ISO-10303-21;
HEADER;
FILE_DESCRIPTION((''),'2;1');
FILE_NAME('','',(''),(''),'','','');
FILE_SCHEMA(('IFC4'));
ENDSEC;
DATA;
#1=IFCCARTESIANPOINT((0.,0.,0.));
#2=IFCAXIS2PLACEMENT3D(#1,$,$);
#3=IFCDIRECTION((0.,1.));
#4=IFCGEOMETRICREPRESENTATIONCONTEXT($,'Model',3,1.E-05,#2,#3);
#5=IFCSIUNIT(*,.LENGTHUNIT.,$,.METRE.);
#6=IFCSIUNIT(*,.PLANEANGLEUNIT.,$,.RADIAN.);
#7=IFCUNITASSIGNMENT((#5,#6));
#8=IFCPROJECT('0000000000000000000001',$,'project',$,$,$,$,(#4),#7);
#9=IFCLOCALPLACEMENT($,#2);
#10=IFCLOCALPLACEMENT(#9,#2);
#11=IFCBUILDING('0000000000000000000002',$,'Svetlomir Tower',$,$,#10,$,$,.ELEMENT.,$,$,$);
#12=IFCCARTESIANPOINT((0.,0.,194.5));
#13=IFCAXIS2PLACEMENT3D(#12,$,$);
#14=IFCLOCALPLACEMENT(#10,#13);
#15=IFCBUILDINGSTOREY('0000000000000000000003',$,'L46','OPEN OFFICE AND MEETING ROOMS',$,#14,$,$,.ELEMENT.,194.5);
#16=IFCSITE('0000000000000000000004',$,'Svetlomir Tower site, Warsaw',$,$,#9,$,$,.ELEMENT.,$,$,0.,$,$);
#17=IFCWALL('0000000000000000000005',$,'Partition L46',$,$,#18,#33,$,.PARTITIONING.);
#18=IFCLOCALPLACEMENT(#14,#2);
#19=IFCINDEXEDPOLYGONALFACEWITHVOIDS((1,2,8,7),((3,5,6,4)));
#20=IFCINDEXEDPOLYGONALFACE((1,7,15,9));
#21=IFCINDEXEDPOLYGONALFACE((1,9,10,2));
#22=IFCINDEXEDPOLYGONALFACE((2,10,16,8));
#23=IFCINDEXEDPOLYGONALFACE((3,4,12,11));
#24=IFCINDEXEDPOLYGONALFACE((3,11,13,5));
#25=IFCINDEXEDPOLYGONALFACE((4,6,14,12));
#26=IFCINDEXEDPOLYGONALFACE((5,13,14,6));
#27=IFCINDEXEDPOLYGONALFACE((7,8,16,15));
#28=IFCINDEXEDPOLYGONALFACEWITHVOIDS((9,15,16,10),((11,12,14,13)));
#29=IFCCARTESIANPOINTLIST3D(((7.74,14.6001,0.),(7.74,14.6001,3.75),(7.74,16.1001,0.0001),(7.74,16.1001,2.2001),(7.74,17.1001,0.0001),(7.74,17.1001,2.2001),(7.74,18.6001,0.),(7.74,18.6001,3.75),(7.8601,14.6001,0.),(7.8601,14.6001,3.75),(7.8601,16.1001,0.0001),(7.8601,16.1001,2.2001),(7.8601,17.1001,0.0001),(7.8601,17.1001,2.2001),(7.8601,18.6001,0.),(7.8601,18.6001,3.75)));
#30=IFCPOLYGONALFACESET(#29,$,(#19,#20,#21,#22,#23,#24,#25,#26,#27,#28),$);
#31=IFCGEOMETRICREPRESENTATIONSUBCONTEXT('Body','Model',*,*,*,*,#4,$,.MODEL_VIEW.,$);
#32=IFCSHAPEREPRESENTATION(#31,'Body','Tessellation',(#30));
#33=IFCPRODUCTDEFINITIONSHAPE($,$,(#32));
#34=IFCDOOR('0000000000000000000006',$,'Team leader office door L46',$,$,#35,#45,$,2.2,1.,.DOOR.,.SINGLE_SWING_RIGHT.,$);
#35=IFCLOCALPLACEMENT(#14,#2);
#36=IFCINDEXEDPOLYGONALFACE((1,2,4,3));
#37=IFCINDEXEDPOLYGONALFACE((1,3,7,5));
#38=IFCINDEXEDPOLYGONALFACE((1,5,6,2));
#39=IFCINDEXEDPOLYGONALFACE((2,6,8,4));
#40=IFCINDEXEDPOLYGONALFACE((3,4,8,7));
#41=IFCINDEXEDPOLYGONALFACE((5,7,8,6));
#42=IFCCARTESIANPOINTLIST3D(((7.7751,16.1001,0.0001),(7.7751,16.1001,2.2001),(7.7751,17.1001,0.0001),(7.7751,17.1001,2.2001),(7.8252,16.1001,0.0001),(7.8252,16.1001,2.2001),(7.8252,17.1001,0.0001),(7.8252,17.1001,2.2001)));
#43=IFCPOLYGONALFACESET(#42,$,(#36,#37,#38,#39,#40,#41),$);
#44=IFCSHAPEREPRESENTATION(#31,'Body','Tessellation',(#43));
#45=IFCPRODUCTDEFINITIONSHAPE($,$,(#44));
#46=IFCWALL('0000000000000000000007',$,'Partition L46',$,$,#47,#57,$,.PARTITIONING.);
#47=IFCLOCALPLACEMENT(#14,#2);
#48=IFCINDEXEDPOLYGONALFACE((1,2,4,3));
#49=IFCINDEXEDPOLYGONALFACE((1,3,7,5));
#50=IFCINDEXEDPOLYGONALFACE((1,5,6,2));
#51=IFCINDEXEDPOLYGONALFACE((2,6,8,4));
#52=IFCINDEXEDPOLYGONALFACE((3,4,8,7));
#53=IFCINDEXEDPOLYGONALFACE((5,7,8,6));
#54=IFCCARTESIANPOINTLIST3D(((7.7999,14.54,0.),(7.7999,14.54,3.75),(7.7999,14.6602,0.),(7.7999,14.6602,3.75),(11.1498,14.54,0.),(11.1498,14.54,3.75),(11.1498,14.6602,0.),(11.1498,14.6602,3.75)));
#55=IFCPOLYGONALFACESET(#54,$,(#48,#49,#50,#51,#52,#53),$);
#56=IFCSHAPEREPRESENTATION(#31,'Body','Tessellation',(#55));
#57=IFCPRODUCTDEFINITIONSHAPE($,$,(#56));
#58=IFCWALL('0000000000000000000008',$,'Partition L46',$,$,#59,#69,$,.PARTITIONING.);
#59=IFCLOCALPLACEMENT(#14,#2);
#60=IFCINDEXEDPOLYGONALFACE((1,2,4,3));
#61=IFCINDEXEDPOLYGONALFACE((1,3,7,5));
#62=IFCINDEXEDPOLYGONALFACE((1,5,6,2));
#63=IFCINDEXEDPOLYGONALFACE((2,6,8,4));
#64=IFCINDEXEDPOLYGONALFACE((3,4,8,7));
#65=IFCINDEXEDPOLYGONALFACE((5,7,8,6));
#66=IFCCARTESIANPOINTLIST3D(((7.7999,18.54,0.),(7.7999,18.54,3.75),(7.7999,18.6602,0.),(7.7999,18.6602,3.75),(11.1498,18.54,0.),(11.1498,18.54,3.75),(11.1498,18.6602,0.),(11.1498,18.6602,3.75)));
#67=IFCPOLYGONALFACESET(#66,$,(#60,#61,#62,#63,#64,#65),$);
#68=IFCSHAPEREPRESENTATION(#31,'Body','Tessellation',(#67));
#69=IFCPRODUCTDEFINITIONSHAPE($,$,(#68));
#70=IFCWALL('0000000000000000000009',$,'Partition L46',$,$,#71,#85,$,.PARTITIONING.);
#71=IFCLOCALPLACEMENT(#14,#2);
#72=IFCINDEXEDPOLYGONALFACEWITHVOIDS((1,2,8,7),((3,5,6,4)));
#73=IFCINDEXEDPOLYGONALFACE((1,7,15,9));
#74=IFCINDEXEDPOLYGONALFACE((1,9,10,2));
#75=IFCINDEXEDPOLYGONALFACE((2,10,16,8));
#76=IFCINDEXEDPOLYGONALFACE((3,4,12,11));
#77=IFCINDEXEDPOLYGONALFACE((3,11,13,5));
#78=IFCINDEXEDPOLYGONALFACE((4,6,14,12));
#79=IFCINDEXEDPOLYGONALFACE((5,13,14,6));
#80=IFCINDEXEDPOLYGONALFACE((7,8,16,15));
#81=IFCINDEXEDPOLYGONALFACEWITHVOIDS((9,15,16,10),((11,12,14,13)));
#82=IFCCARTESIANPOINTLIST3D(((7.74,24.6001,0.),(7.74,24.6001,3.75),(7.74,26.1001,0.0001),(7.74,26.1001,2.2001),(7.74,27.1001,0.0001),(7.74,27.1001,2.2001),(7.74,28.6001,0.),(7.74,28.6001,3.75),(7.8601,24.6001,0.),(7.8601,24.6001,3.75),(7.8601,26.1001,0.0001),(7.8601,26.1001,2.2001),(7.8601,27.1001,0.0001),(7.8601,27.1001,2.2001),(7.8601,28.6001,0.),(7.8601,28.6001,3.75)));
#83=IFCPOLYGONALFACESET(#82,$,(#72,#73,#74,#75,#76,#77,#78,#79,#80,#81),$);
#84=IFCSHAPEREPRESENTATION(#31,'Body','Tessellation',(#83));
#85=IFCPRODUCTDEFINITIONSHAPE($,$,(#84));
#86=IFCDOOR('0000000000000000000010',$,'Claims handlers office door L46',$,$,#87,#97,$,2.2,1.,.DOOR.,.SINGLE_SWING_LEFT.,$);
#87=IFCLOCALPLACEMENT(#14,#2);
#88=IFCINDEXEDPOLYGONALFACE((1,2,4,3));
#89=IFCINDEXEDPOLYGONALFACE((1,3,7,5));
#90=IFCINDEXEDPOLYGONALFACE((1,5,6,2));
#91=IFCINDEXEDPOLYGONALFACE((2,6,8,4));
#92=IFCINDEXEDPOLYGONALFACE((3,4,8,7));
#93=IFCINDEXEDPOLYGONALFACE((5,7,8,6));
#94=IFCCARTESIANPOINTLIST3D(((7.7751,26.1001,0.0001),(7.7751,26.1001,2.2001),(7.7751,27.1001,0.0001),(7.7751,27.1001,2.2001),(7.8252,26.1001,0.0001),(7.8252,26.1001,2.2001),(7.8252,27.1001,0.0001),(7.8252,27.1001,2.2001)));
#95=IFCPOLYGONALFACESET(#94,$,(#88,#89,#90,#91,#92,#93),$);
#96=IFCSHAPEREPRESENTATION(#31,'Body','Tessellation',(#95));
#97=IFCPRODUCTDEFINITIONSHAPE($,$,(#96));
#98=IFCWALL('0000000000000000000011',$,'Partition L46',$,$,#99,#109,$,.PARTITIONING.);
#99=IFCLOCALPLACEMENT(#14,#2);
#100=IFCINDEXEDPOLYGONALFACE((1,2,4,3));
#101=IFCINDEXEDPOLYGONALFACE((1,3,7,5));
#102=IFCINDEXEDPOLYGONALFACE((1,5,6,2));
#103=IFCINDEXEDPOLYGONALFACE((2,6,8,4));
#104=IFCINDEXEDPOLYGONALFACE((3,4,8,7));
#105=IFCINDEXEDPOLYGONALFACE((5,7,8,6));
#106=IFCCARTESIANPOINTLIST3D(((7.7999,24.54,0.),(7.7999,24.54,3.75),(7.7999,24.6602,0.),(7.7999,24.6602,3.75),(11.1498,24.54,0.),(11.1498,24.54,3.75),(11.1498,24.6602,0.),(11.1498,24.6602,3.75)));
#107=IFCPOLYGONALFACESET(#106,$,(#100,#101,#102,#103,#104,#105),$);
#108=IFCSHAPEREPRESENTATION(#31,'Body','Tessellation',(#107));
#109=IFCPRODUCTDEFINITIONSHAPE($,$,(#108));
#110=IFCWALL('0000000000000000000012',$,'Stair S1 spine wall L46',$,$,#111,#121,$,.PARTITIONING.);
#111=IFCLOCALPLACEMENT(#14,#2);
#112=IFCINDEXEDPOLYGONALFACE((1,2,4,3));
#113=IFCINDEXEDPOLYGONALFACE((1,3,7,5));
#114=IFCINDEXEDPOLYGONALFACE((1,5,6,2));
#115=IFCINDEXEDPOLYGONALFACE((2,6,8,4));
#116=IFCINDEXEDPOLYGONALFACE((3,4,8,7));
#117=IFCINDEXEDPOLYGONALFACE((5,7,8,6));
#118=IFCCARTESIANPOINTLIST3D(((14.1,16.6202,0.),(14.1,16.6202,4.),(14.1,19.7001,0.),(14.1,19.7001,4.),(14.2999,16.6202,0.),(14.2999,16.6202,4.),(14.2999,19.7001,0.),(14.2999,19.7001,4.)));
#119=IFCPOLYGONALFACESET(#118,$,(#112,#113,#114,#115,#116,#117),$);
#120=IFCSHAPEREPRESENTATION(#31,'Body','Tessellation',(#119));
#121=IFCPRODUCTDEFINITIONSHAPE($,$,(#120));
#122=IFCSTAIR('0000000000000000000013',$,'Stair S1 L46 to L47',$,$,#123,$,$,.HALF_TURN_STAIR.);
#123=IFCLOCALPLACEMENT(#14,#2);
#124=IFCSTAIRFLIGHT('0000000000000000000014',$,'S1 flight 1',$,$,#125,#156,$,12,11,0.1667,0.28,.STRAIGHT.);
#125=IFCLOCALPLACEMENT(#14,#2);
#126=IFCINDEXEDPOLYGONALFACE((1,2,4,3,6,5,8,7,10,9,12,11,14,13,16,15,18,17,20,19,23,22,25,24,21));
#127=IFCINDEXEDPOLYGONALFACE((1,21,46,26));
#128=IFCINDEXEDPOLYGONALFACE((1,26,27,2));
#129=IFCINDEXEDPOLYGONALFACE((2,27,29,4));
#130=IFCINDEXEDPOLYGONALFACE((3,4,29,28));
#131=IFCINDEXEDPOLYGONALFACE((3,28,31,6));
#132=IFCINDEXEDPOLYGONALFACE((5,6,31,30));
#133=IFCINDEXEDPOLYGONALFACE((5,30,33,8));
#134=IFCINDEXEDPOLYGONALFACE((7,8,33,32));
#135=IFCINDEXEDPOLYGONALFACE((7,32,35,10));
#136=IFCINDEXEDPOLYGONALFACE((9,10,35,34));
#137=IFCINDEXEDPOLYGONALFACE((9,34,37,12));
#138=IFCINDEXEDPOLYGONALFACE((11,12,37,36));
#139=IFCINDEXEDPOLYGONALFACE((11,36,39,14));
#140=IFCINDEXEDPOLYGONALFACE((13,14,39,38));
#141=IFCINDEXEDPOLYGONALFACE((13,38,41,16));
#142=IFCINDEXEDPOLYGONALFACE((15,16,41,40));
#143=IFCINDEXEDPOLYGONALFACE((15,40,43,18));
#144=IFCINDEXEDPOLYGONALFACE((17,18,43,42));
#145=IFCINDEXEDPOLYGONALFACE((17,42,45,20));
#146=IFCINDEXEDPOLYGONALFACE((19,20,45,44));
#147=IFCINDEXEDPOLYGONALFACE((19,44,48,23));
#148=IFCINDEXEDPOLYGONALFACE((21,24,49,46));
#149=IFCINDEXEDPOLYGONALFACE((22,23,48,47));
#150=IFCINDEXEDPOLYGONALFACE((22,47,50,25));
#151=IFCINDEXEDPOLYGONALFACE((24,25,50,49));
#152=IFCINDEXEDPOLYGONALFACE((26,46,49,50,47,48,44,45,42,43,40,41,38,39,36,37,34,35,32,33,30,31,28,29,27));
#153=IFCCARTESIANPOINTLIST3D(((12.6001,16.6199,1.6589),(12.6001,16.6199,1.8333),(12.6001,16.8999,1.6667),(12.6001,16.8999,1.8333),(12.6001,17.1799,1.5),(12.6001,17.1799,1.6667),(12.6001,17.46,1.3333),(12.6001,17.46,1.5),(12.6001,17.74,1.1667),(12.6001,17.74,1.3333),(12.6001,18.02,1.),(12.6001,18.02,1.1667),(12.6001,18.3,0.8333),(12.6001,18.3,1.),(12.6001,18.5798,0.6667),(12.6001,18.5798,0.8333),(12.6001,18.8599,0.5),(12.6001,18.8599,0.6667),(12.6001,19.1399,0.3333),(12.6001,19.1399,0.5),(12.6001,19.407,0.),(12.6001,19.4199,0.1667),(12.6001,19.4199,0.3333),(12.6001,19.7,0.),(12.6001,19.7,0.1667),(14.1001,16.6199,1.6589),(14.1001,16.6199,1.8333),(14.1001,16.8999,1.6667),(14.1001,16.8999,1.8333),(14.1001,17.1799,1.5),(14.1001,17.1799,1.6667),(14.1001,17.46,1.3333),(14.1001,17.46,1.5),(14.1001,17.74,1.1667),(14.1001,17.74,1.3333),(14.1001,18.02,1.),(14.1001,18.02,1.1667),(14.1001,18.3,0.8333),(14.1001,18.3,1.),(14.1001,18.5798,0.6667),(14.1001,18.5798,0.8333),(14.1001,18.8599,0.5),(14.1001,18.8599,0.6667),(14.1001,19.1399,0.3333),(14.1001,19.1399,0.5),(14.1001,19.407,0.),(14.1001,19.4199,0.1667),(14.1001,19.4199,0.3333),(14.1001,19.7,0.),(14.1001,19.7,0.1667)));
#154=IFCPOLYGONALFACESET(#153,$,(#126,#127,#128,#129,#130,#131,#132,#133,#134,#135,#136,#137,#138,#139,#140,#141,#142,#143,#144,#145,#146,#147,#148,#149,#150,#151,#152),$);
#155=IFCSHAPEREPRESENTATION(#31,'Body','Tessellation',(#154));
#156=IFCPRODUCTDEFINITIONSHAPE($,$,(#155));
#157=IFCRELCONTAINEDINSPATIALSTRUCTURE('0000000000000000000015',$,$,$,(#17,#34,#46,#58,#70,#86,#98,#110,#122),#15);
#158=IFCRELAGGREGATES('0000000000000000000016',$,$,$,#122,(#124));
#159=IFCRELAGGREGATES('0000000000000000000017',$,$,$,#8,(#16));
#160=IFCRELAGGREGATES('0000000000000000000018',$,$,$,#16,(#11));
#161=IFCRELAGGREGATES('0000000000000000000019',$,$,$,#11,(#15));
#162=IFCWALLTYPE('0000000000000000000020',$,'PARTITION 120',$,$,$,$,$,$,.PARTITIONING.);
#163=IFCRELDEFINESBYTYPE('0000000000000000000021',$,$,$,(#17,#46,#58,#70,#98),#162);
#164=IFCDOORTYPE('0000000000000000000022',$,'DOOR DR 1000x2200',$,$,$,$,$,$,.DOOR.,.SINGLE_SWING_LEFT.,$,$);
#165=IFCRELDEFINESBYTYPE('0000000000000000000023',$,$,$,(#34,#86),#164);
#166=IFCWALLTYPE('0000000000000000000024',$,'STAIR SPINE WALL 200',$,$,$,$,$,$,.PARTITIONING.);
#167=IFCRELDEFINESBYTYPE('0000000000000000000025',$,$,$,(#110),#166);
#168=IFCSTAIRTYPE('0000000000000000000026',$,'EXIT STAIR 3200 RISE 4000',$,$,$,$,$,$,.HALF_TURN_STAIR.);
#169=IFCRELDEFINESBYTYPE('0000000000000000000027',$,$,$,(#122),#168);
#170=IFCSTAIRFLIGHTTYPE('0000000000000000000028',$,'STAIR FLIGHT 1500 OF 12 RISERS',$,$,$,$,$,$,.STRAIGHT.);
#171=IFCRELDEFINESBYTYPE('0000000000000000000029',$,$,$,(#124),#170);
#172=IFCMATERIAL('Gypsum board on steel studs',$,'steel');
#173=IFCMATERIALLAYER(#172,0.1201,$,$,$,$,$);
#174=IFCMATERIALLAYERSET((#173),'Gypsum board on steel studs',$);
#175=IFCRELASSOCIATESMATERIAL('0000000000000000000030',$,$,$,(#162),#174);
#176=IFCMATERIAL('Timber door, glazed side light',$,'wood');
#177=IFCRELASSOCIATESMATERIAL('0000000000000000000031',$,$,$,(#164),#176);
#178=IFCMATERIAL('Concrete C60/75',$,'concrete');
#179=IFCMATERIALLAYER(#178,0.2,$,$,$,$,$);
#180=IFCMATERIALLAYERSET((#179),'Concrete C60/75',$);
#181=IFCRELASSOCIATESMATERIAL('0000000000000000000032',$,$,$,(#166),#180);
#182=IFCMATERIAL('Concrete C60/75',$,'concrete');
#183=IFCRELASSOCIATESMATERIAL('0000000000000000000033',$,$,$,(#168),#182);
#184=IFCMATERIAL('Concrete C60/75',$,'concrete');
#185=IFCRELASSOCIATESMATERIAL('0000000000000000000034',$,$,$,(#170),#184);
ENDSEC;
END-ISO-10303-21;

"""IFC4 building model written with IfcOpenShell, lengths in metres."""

from ifc_helpers import new_model, si_unit, direction, frame, frame_2d, origin, place, context, subcontext, project, spatial, polyline, rectangle, outline, extrude, material, layer, layer_set, type_object, element, fill, aggregate, save


model = new_model("IFC4")

# Units and contexts
model_context = context("Model", 3, precision=1e-05, world=origin(), true_north=direction((0.0, 1.0)))
body_context = subcontext(model_context, "Body", "Model", "MODEL_VIEW")
ifc_project = project(units=[si_unit("LENGTHUNIT", "METRE"), si_unit("PLANEANGLEUNIT", "RADIAN")], contexts=[model_context])

# Site, building, storey
site_placement = place(None, origin())
site = spatial("IfcSite", under=ifc_project, at=site_placement, Name="Svetlomir Tower site, Warsaw", CompositionType="ELEMENT", RefElevation=0.0)
building_placement = place(site_placement, origin())
building = spatial("IfcBuilding", under=site, at=building_placement, Name="Svetlomir Tower", CompositionType="ELEMENT")
storey_placement = place(building_placement, frame((0.0, 0.0, 194.5)))
storey = spatial("IfcBuildingStorey", under=building, at=storey_placement, Name="L46", Description="OPEN OFFICE AND MEETING ROOMS", CompositionType="ELEMENT", Elevation=194.5)

# Wall, opening, door
ifc_material_1 = material(Name="Gypsum board on steel studs", Category="steel")
ifc_layer_1 = layer(ifc_material_1, 0.1201)
ifc_layer_set_1 = layer_set([ifc_layer_1], Name="Gypsum board on steel studs")
wall_type_1 = type_object("IfcWallType", Name="PARTITION 120", PredefinedType="PARTITIONING", material=ifc_layer_set_1)
wall_1_placement = place(storey_placement, frame((7.8, 14.6001, 0.0), z_axis=(0.0, 0.0, 1.0), x_axis=(0.0, 1.0, 0.0)))
wall_1 = element("IfcWall", 1, at=wall_1_placement, inside=storey, type_object=wall_type_1, Name="Partition L46", PredefinedType="PARTITIONING", context=body_context, shape_type="SweptSolid", body=[
    extrude(rectangle(XDim=4.0, YDim=0.1201, at=frame_2d((2.0, 0.0))), origin(), (0.0, 0.0, 1.0), 3.75),
])
opening_1_placement = place(wall_1_placement, frame((1.5, 0.0, 0.0)))
opening_1 = element("IfcOpeningElement", 2, at=opening_1_placement, cuts=wall_1, PredefinedType="OPENING", context=body_context, shape_type="SweptSolid", body=[
    extrude(rectangle(XDim=1.0, YDim=2.2, at=frame_2d((0.5, 1.1001))), frame((0.0, 0.0701, 0.0), z_axis=(0.0, -1.0, 0.0), x_axis=(1.0, 0.0, 0.0)), (0.0, 0.0, 1.0), 0.1401),
])
ifc_material_2 = material(Name="Timber door, glazed side light", Category="wood")
door_type_1 = type_object("IfcDoorType", Name="DOOR DR 1000x2200", OperationType="SINGLE_SWING_LEFT", PredefinedType="DOOR", material=ifc_material_2)
door_1_placement = place(opening_1_placement, origin())
door_1 = element("IfcDoor", 3, at=door_1_placement, inside=storey, type_object=door_type_1, Name="Team leader office door L46", OperationType="SINGLE_SWING_RIGHT", OverallHeight=2.2, OverallWidth=1.0, PredefinedType="DOOR", context=body_context, shape_type="SweptSolid", body=[
    extrude(rectangle(XDim=1.0, YDim=2.2, at=frame_2d((0.5, 1.1001))), frame((0.0, 0.0249, 0.0), z_axis=(0.0, -1.0, 0.0), x_axis=(1.0, 0.0, 0.0)), (0.0, 0.0, 1.0), 0.05),
])
fill(opening_1, door_1)

# Walls
for number, where, z_axis, x_axis, name in (
    (4, (7.8, 14.6001, 0.0), (0.0, 0.0, 1.0), (1.0, 0.0, 0.0), "Partition L46"),
    (5, (7.8, 18.6001, 0.0), (0.0, 0.0, 1.0), (1.0, 0.0, 0.0), "Partition L46"),
):
    element("IfcWall", number, at=place(storey_placement, frame(where, z_axis=z_axis, x_axis=x_axis)), inside=storey, type_object=wall_type_1, Name=name, PredefinedType="PARTITIONING", context=body_context, shape_type="SweptSolid", body=[
        extrude(rectangle(XDim=3.3499, YDim=0.1201, at=frame_2d((1.6748, 0.0))), origin(), (0.0, 0.0, 1.0), 3.75),
    ])

# Wall, opening, door
wall_2_placement = place(storey_placement, frame((7.8, 24.6001, 0.0), z_axis=(0.0, 0.0, 1.0), x_axis=(0.0, 1.0, 0.0)))
wall_2 = element("IfcWall", 6, at=wall_2_placement, inside=storey, type_object=wall_type_1, Name="Partition L46", PredefinedType="PARTITIONING", context=body_context, shape_type="SweptSolid", body=[
    extrude(rectangle(XDim=4.0, YDim=0.1201, at=frame_2d((2.0, 0.0))), origin(), (0.0, 0.0, 1.0), 3.75),
])
opening_2_placement = place(wall_2_placement, frame((1.5, 0.0, 0.0)))
opening_2 = element("IfcOpeningElement", 7, at=opening_2_placement, cuts=wall_2, PredefinedType="OPENING", context=body_context, shape_type="SweptSolid", body=[
    extrude(rectangle(XDim=1.0, YDim=2.2, at=frame_2d((0.5, 1.1001))), frame((0.0, 0.0701, 0.0), z_axis=(0.0, -1.0, 0.0), x_axis=(1.0, 0.0, 0.0)), (0.0, 0.0, 1.0), 0.1401),
])
door_2_placement = place(opening_2_placement, origin())
door_2 = element("IfcDoor", 8, at=door_2_placement, inside=storey, type_object=door_type_1, Name="Claims handlers office door L46", OperationType="SINGLE_SWING_LEFT", OverallHeight=2.2, OverallWidth=1.0, PredefinedType="DOOR", context=body_context, shape_type="SweptSolid", body=[
    extrude(rectangle(XDim=1.0, YDim=2.2, at=frame_2d((0.5, 1.1001))), frame((0.0, 0.0249, 0.0), z_axis=(0.0, -1.0, 0.0), x_axis=(1.0, 0.0, 0.0)), (0.0, 0.0, 1.0), 0.05),
])
fill(opening_2, door_2)

# Walls
wall_3_placement = place(storey_placement, frame((7.8, 24.6001, 0.0), z_axis=(0.0, 0.0, 1.0), x_axis=(1.0, 0.0, 0.0)))
element("IfcWall", 9, at=wall_3_placement, inside=storey, type_object=wall_type_1, Name="Partition L46", PredefinedType="PARTITIONING", context=body_context, shape_type="SweptSolid", body=[
    extrude(rectangle(XDim=3.3499, YDim=0.1201, at=frame_2d((1.6748, 0.0))), origin(), (0.0, 0.0, 1.0), 3.75),
])
ifc_material_3 = material(Name="Concrete C60/75", Category="concrete")
ifc_layer_2 = layer(ifc_material_3, 0.2)
ifc_layer_set_2 = layer_set([ifc_layer_2], Name="Concrete C60/75")
wall_type_2 = type_object("IfcWallType", Name="STAIR SPINE WALL 200", PredefinedType="PARTITIONING", material=ifc_layer_set_2)
wall_4_placement = place(storey_placement, frame((14.2, 16.6201, 0.0), z_axis=(0.0, 0.0, 1.0), x_axis=(0.0, 1.0, 0.0)))
element("IfcWall", 10, at=wall_4_placement, inside=storey, type_object=wall_type_2, Name="Stair S1 spine wall L46", PredefinedType="PARTITIONING", context=body_context, shape_type="SweptSolid", body=[
    extrude(rectangle(XDim=3.0798, YDim=0.2, at=frame_2d((1.54, 0.0))), origin(), (0.0, 0.0, 1.0), 4.0),
])

# Stair, stair flight
ifc_material_4 = material(Name="Concrete C60/75", Category="concrete")
stair_type = type_object("IfcStairType", Name="EXIT STAIR 3200 RISE 4000", PredefinedType="HALF_TURN_STAIR", material=ifc_material_4)
stair_placement = place(storey_placement, origin())
stair = element("IfcStair", 11, at=stair_placement, inside=storey, type_object=stair_type, Name="Stair S1 L46 to L47", PredefinedType="HALF_TURN_STAIR")
ifc_material_5 = material(Name="Concrete C60/75", Category="concrete")
stair_flight_type = type_object("IfcStairFlightType", Name="STAIR FLIGHT 1500 OF 12 RISERS", PredefinedType="STRAIGHT", material=ifc_material_5)
stair_flight_1_placement = place(storey_placement, frame((13.3501, 19.7, 0.0), z_axis=(0.0, 0.0, 1.0), x_axis=(0.0, -1.0, 0.0)))
stair_flight_1 = element("IfcStairFlight", 12, at=stair_flight_1_placement, type_object=stair_flight_type, Name="S1 flight 1", NumberOfRisers=12, NumberOfTreads=11, PredefinedType="STRAIGHT", RiserHeight=0.1667, TreadLength=0.28, context=body_context, shape_type="SweptSolid", body=[
    extrude(outline(polyline([(0.0, 0.0), (0.0, 0.1667), (0.28, 0.1667), (0.28, 0.3333), (0.5601, 0.3333), (0.5601, 0.5), (0.8401, 0.5), (0.8401, 0.6667), (1.1201, 0.6667), (1.1201, 0.8333), (1.3999, 0.8333), (1.3999, 1.0), (1.6799, 1.0), (1.6799, 1.1667), (1.96, 1.1667), (1.96, 1.3333), (2.24, 1.3333), (2.24, 1.5), (2.52, 1.5), (2.52, 1.6667), (2.8, 1.6667), (2.8, 1.8333), (3.0801, 1.8333), (3.0801, 2.0), (3.0801, 1.6589), (0.293, 0.0), (0.0, 0.0)])), frame((0.0, 0.75, 0.0), z_axis=(0.0, -1.0, 0.0), x_axis=(1.0, 0.0, 0.0)), (0.0, 0.0, 1.0), 1.5),
])
aggregate(stair, [stair_flight_1])

save(model, "model.ifc")
